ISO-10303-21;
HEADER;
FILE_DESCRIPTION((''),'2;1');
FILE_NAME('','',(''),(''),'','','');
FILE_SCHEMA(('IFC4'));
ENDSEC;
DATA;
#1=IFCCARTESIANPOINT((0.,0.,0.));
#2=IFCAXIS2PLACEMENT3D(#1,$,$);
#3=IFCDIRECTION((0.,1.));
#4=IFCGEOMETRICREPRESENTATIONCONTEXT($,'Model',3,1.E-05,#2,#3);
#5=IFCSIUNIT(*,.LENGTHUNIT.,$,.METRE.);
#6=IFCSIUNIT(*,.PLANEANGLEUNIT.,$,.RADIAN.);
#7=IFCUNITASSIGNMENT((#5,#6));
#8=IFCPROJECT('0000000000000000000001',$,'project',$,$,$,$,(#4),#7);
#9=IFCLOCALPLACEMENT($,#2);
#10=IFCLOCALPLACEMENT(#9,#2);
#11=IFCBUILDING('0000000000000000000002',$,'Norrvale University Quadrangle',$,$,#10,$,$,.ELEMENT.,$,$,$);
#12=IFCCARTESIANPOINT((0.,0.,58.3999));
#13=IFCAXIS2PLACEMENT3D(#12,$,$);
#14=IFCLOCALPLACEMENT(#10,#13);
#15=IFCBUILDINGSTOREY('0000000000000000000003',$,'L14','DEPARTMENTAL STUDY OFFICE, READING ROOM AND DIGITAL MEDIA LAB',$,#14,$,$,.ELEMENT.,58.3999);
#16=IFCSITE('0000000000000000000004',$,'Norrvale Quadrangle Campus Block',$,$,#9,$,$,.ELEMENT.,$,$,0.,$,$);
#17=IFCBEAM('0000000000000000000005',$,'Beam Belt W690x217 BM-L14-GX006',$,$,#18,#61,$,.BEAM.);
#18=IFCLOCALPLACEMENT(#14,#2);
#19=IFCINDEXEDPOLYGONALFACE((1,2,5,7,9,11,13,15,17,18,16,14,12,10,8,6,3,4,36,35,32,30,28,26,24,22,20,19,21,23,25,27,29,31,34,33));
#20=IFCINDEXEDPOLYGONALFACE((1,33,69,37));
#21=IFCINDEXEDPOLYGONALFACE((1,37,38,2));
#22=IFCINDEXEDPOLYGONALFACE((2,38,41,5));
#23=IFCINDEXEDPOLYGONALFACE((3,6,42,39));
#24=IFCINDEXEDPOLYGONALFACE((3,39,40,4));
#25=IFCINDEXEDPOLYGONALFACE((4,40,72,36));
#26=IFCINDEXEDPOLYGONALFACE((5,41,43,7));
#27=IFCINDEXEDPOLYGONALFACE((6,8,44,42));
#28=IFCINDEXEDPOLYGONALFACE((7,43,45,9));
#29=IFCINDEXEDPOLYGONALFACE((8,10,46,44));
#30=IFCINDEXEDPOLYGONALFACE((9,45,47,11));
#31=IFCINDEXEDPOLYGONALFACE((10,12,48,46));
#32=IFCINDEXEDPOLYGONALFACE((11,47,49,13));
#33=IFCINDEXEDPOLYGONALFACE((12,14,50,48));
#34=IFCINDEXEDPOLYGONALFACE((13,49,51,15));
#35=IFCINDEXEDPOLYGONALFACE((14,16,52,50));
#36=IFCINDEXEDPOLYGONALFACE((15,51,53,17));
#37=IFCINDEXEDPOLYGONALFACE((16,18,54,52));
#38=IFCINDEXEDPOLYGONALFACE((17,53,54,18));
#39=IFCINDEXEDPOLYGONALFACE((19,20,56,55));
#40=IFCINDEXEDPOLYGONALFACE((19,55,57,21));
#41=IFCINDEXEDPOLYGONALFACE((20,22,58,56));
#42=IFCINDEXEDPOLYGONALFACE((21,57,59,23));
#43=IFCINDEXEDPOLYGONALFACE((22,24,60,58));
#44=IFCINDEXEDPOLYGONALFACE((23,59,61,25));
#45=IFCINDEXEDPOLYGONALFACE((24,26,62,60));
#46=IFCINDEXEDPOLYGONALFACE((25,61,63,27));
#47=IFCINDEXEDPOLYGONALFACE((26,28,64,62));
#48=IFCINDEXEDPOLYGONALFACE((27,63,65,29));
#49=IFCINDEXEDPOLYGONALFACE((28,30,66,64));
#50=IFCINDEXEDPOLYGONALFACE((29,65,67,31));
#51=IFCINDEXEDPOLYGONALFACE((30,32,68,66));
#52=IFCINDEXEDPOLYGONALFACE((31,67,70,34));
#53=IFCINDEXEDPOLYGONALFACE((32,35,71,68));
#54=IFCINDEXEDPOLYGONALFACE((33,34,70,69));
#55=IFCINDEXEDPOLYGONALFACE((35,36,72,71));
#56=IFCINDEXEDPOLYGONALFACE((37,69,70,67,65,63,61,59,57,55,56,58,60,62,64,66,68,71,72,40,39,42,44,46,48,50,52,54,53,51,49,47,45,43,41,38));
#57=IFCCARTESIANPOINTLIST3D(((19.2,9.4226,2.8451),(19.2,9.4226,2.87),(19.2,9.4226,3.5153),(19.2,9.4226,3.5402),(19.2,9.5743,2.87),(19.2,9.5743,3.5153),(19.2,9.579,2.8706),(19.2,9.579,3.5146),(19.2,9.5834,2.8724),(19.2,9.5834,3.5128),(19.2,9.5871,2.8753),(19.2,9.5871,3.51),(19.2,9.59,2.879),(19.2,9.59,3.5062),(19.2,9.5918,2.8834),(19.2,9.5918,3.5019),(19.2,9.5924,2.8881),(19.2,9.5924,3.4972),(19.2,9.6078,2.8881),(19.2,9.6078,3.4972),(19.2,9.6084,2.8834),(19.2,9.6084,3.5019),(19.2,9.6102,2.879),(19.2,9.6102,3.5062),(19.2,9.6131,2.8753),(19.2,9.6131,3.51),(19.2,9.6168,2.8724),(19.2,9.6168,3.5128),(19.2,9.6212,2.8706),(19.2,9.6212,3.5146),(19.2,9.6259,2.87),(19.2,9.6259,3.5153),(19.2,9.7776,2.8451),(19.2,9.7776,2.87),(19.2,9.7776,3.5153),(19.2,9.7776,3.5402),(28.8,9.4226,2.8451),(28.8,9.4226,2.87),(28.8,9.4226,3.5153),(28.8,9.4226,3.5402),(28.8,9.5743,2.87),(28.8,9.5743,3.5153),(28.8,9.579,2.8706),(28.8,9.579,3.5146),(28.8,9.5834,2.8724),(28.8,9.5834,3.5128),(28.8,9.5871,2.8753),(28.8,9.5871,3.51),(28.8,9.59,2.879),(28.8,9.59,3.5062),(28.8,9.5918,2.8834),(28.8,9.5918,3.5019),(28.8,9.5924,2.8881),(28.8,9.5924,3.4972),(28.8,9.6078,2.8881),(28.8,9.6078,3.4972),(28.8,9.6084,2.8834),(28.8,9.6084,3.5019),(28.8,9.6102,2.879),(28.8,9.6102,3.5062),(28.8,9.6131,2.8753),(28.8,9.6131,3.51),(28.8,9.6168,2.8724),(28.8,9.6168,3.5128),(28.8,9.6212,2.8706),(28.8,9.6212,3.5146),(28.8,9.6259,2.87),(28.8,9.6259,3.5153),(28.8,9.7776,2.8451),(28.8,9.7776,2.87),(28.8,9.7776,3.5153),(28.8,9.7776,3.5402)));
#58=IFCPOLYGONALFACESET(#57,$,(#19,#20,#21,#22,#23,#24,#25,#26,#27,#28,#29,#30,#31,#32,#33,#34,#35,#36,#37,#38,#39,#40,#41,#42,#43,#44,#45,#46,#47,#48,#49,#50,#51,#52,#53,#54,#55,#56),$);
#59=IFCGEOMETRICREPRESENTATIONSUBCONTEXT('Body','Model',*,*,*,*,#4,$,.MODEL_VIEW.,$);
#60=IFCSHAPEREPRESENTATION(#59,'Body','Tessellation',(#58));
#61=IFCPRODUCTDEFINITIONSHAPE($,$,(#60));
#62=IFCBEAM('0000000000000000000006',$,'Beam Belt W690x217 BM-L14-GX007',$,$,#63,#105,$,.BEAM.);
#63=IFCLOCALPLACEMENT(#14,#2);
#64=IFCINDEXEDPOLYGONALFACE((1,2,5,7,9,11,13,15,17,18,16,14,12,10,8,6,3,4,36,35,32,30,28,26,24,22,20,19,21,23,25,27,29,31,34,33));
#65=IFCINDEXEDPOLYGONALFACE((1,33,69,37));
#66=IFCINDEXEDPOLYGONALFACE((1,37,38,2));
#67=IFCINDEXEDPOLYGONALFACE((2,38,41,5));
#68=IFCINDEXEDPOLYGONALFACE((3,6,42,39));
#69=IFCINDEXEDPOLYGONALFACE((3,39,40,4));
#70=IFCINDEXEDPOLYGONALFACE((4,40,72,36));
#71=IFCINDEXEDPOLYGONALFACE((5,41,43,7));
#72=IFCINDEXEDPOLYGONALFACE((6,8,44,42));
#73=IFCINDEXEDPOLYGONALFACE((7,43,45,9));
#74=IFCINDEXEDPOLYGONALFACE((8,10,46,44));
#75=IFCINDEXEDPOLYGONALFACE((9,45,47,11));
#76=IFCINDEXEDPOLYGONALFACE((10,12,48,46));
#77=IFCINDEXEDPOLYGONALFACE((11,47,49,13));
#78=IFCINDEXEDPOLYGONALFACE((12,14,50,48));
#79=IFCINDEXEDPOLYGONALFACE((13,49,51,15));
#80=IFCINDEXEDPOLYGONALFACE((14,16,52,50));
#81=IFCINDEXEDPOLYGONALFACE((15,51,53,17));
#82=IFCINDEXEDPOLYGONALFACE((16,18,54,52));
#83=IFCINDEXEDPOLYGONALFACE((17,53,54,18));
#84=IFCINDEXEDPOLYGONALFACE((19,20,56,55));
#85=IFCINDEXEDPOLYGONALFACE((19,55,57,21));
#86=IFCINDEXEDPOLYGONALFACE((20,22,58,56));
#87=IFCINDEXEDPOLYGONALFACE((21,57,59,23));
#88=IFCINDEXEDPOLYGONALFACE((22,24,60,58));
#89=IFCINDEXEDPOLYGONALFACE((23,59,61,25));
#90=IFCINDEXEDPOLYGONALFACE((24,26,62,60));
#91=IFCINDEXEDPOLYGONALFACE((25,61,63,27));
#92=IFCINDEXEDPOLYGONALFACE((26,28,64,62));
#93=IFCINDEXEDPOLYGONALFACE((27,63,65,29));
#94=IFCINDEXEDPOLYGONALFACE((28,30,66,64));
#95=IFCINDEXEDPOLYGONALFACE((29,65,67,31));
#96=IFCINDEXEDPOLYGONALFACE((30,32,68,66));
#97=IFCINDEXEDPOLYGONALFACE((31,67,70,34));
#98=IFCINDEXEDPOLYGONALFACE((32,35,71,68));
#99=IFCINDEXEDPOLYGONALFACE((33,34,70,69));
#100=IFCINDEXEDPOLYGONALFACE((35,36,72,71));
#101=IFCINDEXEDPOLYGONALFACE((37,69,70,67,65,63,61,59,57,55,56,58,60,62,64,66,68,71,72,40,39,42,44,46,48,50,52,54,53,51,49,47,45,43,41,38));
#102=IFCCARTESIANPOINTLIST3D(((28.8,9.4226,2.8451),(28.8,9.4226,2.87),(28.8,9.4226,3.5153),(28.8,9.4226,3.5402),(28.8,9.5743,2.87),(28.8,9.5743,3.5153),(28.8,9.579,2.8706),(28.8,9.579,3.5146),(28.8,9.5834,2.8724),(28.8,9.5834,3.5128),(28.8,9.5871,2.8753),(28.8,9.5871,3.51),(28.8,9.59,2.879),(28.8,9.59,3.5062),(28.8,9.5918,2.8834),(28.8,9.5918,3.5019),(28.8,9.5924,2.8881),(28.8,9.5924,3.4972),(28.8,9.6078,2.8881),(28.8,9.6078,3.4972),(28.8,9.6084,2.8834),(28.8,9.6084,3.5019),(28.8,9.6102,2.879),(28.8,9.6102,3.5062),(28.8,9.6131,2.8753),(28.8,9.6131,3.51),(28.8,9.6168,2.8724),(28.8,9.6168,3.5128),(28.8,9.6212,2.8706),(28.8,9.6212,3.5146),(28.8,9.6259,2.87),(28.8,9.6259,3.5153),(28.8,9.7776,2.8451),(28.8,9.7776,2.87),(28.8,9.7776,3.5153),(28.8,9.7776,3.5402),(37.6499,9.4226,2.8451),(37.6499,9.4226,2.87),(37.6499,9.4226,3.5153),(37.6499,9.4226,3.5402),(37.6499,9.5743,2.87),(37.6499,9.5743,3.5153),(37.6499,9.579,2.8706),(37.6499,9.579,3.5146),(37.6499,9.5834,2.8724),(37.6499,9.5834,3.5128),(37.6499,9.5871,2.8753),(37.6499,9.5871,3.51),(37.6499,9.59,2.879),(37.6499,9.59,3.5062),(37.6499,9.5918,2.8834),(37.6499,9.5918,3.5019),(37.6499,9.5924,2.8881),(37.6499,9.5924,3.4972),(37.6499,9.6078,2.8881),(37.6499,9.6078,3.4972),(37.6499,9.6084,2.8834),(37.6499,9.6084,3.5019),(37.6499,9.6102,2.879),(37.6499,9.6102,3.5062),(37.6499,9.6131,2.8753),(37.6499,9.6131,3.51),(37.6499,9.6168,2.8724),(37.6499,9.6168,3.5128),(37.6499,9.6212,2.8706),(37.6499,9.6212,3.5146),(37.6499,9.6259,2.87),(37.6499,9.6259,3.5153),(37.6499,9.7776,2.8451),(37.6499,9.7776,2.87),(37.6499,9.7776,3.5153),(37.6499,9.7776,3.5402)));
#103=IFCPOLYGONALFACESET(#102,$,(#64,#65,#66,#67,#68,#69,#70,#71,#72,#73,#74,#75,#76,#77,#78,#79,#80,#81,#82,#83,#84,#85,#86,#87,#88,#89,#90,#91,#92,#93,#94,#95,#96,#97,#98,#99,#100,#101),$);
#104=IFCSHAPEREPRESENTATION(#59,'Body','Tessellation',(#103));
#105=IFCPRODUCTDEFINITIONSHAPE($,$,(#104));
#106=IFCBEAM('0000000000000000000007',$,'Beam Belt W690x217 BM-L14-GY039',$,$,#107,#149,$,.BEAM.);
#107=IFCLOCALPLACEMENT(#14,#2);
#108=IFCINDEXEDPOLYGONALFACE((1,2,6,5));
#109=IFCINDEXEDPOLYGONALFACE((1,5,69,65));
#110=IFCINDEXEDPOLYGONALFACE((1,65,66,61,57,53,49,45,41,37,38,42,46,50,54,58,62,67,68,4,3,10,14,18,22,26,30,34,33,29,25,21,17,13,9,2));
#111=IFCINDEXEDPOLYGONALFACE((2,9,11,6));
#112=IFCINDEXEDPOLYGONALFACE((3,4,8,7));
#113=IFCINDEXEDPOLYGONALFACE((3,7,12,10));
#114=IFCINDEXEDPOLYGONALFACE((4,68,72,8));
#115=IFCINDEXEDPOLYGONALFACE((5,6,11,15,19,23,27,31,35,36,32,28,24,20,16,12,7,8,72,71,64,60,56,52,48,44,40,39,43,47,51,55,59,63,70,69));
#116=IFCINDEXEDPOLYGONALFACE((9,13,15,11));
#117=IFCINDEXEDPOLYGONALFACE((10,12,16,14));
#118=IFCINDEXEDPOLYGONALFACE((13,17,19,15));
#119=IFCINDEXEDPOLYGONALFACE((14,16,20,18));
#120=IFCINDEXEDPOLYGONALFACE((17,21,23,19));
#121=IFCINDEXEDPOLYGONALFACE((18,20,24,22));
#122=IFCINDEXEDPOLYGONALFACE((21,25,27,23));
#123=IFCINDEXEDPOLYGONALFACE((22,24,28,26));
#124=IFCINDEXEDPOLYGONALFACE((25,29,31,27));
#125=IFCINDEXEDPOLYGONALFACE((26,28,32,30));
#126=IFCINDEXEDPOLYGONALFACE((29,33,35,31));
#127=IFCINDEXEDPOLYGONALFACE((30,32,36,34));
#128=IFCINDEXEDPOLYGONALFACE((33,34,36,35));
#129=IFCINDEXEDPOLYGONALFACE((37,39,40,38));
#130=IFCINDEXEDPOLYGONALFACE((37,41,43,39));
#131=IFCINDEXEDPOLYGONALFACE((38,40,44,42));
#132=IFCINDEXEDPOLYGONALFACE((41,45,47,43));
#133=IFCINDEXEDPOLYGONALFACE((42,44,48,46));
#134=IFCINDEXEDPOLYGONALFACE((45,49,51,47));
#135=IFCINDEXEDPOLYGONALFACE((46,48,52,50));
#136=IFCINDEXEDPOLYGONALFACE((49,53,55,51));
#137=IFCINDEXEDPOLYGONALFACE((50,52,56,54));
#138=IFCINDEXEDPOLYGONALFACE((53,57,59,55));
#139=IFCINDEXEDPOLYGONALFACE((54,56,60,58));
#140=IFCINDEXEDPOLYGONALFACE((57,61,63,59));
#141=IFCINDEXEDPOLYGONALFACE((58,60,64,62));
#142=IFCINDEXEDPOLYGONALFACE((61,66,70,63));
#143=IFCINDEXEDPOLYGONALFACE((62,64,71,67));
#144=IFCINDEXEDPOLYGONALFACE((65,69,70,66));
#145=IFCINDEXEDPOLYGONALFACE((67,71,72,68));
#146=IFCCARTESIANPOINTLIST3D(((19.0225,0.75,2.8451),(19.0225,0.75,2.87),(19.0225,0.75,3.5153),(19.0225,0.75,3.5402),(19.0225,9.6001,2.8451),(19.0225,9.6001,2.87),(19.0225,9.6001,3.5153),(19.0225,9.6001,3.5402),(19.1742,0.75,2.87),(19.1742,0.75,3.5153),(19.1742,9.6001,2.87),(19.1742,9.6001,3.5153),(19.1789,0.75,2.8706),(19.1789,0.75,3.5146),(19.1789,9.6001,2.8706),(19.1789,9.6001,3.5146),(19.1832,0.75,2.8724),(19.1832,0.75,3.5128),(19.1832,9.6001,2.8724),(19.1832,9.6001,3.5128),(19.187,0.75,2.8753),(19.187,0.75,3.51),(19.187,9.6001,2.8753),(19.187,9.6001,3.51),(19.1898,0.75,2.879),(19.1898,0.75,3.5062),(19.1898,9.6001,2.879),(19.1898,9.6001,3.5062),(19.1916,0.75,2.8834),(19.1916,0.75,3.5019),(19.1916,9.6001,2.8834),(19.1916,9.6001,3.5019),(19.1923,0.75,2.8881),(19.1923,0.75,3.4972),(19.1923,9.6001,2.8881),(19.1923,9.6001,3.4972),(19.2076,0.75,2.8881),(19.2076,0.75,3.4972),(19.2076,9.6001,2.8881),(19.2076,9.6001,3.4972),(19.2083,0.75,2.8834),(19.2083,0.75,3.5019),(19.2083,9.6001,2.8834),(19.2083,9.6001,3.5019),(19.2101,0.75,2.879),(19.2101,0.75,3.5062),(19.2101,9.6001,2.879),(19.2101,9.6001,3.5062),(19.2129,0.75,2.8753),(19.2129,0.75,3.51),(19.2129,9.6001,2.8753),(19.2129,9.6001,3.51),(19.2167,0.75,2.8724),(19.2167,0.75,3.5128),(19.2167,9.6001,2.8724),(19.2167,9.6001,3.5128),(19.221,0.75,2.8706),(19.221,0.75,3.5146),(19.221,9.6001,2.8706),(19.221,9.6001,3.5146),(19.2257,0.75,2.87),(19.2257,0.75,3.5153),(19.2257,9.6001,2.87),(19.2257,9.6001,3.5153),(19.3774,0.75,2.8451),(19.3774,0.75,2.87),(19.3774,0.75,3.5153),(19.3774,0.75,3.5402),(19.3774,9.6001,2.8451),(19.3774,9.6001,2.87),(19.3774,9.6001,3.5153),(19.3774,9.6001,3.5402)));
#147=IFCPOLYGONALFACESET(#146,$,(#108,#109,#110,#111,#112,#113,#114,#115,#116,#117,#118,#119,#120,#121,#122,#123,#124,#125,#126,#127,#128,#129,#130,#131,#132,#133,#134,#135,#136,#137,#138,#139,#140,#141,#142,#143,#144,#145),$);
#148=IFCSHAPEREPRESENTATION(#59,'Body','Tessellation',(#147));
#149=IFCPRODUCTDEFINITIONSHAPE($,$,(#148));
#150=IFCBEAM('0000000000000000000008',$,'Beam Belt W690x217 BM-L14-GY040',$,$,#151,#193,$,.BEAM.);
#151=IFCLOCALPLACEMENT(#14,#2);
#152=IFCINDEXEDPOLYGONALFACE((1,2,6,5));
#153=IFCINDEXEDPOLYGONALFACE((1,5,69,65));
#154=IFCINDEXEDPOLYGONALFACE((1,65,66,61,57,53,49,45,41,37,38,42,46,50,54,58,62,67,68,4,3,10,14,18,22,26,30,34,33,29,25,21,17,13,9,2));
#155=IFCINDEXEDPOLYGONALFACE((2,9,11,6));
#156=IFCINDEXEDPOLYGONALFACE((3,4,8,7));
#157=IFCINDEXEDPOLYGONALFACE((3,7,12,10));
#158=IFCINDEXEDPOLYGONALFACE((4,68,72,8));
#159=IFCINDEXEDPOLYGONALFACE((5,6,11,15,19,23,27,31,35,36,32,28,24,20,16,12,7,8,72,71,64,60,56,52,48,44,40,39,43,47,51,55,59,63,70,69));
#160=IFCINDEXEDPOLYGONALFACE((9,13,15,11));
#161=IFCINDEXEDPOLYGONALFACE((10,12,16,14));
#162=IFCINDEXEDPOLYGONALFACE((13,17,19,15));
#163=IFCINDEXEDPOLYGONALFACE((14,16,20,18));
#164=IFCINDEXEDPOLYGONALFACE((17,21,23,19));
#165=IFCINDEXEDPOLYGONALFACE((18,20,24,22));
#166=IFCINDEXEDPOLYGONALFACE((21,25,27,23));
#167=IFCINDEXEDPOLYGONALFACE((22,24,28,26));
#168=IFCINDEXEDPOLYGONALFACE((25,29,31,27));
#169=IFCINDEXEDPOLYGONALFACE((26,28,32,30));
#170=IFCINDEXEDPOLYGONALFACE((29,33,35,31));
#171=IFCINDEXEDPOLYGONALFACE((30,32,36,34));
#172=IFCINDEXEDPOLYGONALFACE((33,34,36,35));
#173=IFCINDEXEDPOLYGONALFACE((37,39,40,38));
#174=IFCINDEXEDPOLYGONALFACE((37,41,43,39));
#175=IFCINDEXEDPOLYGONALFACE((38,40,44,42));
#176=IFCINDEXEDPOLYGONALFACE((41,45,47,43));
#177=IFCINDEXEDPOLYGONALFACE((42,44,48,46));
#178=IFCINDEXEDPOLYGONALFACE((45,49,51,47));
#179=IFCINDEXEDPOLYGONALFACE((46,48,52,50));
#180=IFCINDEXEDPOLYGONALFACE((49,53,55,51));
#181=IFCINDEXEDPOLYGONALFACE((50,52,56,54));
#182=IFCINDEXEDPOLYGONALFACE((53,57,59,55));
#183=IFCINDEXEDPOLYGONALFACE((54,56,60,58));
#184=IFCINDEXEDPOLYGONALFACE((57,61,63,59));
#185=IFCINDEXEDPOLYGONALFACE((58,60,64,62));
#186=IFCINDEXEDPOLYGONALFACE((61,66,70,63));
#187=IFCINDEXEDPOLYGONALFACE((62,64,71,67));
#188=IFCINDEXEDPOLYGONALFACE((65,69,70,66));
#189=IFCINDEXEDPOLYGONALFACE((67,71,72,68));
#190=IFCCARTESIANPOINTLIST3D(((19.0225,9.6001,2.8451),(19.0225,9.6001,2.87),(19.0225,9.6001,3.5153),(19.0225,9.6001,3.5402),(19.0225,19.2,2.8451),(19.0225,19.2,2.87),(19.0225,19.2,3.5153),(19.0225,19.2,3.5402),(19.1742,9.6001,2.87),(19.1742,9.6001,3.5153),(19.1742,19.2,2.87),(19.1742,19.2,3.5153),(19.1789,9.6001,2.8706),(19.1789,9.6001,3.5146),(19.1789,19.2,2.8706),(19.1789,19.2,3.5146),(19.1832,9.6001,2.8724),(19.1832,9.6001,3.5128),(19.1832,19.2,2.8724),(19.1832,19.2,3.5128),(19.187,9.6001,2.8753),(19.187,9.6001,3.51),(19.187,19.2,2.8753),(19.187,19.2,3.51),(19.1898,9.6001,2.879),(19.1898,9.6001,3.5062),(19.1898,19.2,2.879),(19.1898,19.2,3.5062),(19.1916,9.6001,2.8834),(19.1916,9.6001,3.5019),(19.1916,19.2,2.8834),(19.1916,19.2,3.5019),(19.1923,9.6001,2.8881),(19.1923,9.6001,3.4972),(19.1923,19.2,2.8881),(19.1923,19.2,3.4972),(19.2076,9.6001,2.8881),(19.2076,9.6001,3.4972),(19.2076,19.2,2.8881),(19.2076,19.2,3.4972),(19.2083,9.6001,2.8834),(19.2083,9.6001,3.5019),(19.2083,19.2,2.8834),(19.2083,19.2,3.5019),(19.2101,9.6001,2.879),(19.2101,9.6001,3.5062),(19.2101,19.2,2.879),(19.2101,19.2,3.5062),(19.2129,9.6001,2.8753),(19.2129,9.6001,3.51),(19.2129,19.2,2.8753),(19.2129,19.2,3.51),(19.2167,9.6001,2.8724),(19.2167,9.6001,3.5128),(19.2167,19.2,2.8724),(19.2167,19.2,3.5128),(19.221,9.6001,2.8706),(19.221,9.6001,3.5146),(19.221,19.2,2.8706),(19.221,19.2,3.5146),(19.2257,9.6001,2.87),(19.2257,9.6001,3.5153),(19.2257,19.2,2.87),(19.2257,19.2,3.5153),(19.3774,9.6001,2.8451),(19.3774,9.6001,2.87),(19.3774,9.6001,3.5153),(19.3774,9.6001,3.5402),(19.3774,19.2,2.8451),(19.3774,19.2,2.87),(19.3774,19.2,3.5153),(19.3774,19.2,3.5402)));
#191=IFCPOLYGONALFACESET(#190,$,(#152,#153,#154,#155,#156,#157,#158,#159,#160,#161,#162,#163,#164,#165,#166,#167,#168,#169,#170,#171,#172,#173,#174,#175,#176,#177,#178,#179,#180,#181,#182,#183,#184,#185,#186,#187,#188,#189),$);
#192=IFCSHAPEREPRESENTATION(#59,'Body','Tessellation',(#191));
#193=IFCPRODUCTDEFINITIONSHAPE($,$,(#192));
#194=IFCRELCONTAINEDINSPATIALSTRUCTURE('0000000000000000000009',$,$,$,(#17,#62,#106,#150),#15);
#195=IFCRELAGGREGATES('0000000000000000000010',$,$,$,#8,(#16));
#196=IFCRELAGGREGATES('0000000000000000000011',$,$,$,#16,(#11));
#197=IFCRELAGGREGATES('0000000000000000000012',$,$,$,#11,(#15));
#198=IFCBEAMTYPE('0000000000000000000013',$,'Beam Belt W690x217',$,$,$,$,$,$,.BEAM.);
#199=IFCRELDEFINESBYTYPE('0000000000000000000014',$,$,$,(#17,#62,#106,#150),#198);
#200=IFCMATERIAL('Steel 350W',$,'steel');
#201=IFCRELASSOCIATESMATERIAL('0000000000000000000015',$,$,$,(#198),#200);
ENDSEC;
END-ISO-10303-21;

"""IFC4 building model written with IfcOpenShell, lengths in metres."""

from ifc_helpers import new_model, si_unit, direction, frame, origin, origin_2d, place, context, subcontext, project, spatial, i_section, extrude, material, material_profile, profile_set, type_object, element, save


model = new_model("IFC4")

# Units and contexts
model_context = context("Model", 3, precision=1e-05, world=origin(), true_north=direction((0.0, 1.0)))
body_context = subcontext(model_context, "Body", "Model", "MODEL_VIEW")
ifc_project = project(units=[si_unit("LENGTHUNIT", "METRE"), si_unit("PLANEANGLEUNIT", "RADIAN")], contexts=[model_context])

# Site, building, storey
site_placement = place(None, origin())
site = spatial("IfcSite", under=ifc_project, at=site_placement, Name="Norrvale Quadrangle Campus Block", CompositionType="ELEMENT", RefElevation=0.0)
building_placement = place(site_placement, origin())
building = spatial("IfcBuilding", under=site, at=building_placement, Name="Norrvale University Quadrangle", CompositionType="ELEMENT")
storey_placement = place(building_placement, frame((0.0, 0.0, 58.3999)))
storey = spatial("IfcBuildingStorey", under=building, at=storey_placement, Name="L14", Description="DEPARTMENTAL STUDY OFFICE, READING ROOM AND DIGITAL MEDIA LAB", CompositionType="ELEMENT", Elevation=58.3999)

# Beams
ifc_material_1 = material(Name="Steel 350W", Category="steel")
ifc_material_profile_1 = material_profile(ifc_material_1, i_section(OverallWidth=0.355, OverallDepth=0.6951, WebThickness=0.0154, FlangeThickness=0.0249, FilletRadius=0.0181, at=origin_2d()), Name="Steel 350W")
ifc_profile_set_1 = profile_set([ifc_material_profile_1], Name="Steel 350W")
beam_type_1 = type_object("IfcBeamType", Name="Beam Belt W690x217", PredefinedType="BEAM", material=ifc_profile_set_1)
beam_1_placement = place(storey_placement, frame((19.2, 9.6001, 3.1926), z_axis=(1.0, 0.0, 0.0), x_axis=(0.0, 1.0, 0.0)))
element("IfcBeam", 1, at=beam_1_placement, inside=storey, type_object=beam_type_1, Name="Beam Belt W690x217 BM-L14-GX006", PredefinedType="BEAM", context=body_context, shape_type="SweptSolid", body=[
    extrude(i_section(OverallWidth=0.355, OverallDepth=0.6951, WebThickness=0.0154, FlangeThickness=0.0249, FilletRadius=0.0181, at=origin_2d()), origin(), (0.0, 0.0, 1.0), 9.6001),
])
beam_2_placement = place(storey_placement, frame((28.8, 9.6001, 3.1926), z_axis=(1.0, 0.0, 0.0), x_axis=(0.0, 1.0, 0.0)))
element("IfcBeam", 2, at=beam_2_placement, inside=storey, type_object=beam_type_1, Name="Beam Belt W690x217 BM-L14-GX007", PredefinedType="BEAM", context=body_context, shape_type="SweptSolid", body=[
    extrude(i_section(OverallWidth=0.355, OverallDepth=0.6951, WebThickness=0.0154, FlangeThickness=0.0249, FilletRadius=0.0181, at=origin_2d()), origin(), (0.0, 0.0, 1.0), 8.8499),
])
beam_3_placement = place(storey_placement, frame((19.2, 0.75, 3.1926), z_axis=(0.0, 1.0, 0.0), x_axis=(-1.0, 0.0, 0.0)))
element("IfcBeam", 3, at=beam_3_placement, inside=storey, type_object=beam_type_1, Name="Beam Belt W690x217 BM-L14-GY039", PredefinedType="BEAM", context=body_context, shape_type="SweptSolid", body=[
    extrude(i_section(OverallWidth=0.355, OverallDepth=0.6951, WebThickness=0.0154, FlangeThickness=0.0249, FilletRadius=0.0181, at=origin_2d()), origin(), (0.0, 0.0, 1.0), 8.8501),
])
beam_4_placement = place(storey_placement, frame((19.2, 9.6001, 3.1926), z_axis=(0.0, 1.0, 0.0), x_axis=(-1.0, 0.0, 0.0)))
element("IfcBeam", 4, at=beam_4_placement, inside=storey, type_object=beam_type_1, Name="Beam Belt W690x217 BM-L14-GY040", PredefinedType="BEAM", context=body_context, shape_type="SweptSolid", body=[
    extrude(i_section(OverallWidth=0.355, OverallDepth=0.6951, WebThickness=0.0154, FlangeThickness=0.0249, FilletRadius=0.0181, at=origin_2d()), origin(), (0.0, 0.0, 1.0), 9.5999),
])

save(model, "model.ifc")
